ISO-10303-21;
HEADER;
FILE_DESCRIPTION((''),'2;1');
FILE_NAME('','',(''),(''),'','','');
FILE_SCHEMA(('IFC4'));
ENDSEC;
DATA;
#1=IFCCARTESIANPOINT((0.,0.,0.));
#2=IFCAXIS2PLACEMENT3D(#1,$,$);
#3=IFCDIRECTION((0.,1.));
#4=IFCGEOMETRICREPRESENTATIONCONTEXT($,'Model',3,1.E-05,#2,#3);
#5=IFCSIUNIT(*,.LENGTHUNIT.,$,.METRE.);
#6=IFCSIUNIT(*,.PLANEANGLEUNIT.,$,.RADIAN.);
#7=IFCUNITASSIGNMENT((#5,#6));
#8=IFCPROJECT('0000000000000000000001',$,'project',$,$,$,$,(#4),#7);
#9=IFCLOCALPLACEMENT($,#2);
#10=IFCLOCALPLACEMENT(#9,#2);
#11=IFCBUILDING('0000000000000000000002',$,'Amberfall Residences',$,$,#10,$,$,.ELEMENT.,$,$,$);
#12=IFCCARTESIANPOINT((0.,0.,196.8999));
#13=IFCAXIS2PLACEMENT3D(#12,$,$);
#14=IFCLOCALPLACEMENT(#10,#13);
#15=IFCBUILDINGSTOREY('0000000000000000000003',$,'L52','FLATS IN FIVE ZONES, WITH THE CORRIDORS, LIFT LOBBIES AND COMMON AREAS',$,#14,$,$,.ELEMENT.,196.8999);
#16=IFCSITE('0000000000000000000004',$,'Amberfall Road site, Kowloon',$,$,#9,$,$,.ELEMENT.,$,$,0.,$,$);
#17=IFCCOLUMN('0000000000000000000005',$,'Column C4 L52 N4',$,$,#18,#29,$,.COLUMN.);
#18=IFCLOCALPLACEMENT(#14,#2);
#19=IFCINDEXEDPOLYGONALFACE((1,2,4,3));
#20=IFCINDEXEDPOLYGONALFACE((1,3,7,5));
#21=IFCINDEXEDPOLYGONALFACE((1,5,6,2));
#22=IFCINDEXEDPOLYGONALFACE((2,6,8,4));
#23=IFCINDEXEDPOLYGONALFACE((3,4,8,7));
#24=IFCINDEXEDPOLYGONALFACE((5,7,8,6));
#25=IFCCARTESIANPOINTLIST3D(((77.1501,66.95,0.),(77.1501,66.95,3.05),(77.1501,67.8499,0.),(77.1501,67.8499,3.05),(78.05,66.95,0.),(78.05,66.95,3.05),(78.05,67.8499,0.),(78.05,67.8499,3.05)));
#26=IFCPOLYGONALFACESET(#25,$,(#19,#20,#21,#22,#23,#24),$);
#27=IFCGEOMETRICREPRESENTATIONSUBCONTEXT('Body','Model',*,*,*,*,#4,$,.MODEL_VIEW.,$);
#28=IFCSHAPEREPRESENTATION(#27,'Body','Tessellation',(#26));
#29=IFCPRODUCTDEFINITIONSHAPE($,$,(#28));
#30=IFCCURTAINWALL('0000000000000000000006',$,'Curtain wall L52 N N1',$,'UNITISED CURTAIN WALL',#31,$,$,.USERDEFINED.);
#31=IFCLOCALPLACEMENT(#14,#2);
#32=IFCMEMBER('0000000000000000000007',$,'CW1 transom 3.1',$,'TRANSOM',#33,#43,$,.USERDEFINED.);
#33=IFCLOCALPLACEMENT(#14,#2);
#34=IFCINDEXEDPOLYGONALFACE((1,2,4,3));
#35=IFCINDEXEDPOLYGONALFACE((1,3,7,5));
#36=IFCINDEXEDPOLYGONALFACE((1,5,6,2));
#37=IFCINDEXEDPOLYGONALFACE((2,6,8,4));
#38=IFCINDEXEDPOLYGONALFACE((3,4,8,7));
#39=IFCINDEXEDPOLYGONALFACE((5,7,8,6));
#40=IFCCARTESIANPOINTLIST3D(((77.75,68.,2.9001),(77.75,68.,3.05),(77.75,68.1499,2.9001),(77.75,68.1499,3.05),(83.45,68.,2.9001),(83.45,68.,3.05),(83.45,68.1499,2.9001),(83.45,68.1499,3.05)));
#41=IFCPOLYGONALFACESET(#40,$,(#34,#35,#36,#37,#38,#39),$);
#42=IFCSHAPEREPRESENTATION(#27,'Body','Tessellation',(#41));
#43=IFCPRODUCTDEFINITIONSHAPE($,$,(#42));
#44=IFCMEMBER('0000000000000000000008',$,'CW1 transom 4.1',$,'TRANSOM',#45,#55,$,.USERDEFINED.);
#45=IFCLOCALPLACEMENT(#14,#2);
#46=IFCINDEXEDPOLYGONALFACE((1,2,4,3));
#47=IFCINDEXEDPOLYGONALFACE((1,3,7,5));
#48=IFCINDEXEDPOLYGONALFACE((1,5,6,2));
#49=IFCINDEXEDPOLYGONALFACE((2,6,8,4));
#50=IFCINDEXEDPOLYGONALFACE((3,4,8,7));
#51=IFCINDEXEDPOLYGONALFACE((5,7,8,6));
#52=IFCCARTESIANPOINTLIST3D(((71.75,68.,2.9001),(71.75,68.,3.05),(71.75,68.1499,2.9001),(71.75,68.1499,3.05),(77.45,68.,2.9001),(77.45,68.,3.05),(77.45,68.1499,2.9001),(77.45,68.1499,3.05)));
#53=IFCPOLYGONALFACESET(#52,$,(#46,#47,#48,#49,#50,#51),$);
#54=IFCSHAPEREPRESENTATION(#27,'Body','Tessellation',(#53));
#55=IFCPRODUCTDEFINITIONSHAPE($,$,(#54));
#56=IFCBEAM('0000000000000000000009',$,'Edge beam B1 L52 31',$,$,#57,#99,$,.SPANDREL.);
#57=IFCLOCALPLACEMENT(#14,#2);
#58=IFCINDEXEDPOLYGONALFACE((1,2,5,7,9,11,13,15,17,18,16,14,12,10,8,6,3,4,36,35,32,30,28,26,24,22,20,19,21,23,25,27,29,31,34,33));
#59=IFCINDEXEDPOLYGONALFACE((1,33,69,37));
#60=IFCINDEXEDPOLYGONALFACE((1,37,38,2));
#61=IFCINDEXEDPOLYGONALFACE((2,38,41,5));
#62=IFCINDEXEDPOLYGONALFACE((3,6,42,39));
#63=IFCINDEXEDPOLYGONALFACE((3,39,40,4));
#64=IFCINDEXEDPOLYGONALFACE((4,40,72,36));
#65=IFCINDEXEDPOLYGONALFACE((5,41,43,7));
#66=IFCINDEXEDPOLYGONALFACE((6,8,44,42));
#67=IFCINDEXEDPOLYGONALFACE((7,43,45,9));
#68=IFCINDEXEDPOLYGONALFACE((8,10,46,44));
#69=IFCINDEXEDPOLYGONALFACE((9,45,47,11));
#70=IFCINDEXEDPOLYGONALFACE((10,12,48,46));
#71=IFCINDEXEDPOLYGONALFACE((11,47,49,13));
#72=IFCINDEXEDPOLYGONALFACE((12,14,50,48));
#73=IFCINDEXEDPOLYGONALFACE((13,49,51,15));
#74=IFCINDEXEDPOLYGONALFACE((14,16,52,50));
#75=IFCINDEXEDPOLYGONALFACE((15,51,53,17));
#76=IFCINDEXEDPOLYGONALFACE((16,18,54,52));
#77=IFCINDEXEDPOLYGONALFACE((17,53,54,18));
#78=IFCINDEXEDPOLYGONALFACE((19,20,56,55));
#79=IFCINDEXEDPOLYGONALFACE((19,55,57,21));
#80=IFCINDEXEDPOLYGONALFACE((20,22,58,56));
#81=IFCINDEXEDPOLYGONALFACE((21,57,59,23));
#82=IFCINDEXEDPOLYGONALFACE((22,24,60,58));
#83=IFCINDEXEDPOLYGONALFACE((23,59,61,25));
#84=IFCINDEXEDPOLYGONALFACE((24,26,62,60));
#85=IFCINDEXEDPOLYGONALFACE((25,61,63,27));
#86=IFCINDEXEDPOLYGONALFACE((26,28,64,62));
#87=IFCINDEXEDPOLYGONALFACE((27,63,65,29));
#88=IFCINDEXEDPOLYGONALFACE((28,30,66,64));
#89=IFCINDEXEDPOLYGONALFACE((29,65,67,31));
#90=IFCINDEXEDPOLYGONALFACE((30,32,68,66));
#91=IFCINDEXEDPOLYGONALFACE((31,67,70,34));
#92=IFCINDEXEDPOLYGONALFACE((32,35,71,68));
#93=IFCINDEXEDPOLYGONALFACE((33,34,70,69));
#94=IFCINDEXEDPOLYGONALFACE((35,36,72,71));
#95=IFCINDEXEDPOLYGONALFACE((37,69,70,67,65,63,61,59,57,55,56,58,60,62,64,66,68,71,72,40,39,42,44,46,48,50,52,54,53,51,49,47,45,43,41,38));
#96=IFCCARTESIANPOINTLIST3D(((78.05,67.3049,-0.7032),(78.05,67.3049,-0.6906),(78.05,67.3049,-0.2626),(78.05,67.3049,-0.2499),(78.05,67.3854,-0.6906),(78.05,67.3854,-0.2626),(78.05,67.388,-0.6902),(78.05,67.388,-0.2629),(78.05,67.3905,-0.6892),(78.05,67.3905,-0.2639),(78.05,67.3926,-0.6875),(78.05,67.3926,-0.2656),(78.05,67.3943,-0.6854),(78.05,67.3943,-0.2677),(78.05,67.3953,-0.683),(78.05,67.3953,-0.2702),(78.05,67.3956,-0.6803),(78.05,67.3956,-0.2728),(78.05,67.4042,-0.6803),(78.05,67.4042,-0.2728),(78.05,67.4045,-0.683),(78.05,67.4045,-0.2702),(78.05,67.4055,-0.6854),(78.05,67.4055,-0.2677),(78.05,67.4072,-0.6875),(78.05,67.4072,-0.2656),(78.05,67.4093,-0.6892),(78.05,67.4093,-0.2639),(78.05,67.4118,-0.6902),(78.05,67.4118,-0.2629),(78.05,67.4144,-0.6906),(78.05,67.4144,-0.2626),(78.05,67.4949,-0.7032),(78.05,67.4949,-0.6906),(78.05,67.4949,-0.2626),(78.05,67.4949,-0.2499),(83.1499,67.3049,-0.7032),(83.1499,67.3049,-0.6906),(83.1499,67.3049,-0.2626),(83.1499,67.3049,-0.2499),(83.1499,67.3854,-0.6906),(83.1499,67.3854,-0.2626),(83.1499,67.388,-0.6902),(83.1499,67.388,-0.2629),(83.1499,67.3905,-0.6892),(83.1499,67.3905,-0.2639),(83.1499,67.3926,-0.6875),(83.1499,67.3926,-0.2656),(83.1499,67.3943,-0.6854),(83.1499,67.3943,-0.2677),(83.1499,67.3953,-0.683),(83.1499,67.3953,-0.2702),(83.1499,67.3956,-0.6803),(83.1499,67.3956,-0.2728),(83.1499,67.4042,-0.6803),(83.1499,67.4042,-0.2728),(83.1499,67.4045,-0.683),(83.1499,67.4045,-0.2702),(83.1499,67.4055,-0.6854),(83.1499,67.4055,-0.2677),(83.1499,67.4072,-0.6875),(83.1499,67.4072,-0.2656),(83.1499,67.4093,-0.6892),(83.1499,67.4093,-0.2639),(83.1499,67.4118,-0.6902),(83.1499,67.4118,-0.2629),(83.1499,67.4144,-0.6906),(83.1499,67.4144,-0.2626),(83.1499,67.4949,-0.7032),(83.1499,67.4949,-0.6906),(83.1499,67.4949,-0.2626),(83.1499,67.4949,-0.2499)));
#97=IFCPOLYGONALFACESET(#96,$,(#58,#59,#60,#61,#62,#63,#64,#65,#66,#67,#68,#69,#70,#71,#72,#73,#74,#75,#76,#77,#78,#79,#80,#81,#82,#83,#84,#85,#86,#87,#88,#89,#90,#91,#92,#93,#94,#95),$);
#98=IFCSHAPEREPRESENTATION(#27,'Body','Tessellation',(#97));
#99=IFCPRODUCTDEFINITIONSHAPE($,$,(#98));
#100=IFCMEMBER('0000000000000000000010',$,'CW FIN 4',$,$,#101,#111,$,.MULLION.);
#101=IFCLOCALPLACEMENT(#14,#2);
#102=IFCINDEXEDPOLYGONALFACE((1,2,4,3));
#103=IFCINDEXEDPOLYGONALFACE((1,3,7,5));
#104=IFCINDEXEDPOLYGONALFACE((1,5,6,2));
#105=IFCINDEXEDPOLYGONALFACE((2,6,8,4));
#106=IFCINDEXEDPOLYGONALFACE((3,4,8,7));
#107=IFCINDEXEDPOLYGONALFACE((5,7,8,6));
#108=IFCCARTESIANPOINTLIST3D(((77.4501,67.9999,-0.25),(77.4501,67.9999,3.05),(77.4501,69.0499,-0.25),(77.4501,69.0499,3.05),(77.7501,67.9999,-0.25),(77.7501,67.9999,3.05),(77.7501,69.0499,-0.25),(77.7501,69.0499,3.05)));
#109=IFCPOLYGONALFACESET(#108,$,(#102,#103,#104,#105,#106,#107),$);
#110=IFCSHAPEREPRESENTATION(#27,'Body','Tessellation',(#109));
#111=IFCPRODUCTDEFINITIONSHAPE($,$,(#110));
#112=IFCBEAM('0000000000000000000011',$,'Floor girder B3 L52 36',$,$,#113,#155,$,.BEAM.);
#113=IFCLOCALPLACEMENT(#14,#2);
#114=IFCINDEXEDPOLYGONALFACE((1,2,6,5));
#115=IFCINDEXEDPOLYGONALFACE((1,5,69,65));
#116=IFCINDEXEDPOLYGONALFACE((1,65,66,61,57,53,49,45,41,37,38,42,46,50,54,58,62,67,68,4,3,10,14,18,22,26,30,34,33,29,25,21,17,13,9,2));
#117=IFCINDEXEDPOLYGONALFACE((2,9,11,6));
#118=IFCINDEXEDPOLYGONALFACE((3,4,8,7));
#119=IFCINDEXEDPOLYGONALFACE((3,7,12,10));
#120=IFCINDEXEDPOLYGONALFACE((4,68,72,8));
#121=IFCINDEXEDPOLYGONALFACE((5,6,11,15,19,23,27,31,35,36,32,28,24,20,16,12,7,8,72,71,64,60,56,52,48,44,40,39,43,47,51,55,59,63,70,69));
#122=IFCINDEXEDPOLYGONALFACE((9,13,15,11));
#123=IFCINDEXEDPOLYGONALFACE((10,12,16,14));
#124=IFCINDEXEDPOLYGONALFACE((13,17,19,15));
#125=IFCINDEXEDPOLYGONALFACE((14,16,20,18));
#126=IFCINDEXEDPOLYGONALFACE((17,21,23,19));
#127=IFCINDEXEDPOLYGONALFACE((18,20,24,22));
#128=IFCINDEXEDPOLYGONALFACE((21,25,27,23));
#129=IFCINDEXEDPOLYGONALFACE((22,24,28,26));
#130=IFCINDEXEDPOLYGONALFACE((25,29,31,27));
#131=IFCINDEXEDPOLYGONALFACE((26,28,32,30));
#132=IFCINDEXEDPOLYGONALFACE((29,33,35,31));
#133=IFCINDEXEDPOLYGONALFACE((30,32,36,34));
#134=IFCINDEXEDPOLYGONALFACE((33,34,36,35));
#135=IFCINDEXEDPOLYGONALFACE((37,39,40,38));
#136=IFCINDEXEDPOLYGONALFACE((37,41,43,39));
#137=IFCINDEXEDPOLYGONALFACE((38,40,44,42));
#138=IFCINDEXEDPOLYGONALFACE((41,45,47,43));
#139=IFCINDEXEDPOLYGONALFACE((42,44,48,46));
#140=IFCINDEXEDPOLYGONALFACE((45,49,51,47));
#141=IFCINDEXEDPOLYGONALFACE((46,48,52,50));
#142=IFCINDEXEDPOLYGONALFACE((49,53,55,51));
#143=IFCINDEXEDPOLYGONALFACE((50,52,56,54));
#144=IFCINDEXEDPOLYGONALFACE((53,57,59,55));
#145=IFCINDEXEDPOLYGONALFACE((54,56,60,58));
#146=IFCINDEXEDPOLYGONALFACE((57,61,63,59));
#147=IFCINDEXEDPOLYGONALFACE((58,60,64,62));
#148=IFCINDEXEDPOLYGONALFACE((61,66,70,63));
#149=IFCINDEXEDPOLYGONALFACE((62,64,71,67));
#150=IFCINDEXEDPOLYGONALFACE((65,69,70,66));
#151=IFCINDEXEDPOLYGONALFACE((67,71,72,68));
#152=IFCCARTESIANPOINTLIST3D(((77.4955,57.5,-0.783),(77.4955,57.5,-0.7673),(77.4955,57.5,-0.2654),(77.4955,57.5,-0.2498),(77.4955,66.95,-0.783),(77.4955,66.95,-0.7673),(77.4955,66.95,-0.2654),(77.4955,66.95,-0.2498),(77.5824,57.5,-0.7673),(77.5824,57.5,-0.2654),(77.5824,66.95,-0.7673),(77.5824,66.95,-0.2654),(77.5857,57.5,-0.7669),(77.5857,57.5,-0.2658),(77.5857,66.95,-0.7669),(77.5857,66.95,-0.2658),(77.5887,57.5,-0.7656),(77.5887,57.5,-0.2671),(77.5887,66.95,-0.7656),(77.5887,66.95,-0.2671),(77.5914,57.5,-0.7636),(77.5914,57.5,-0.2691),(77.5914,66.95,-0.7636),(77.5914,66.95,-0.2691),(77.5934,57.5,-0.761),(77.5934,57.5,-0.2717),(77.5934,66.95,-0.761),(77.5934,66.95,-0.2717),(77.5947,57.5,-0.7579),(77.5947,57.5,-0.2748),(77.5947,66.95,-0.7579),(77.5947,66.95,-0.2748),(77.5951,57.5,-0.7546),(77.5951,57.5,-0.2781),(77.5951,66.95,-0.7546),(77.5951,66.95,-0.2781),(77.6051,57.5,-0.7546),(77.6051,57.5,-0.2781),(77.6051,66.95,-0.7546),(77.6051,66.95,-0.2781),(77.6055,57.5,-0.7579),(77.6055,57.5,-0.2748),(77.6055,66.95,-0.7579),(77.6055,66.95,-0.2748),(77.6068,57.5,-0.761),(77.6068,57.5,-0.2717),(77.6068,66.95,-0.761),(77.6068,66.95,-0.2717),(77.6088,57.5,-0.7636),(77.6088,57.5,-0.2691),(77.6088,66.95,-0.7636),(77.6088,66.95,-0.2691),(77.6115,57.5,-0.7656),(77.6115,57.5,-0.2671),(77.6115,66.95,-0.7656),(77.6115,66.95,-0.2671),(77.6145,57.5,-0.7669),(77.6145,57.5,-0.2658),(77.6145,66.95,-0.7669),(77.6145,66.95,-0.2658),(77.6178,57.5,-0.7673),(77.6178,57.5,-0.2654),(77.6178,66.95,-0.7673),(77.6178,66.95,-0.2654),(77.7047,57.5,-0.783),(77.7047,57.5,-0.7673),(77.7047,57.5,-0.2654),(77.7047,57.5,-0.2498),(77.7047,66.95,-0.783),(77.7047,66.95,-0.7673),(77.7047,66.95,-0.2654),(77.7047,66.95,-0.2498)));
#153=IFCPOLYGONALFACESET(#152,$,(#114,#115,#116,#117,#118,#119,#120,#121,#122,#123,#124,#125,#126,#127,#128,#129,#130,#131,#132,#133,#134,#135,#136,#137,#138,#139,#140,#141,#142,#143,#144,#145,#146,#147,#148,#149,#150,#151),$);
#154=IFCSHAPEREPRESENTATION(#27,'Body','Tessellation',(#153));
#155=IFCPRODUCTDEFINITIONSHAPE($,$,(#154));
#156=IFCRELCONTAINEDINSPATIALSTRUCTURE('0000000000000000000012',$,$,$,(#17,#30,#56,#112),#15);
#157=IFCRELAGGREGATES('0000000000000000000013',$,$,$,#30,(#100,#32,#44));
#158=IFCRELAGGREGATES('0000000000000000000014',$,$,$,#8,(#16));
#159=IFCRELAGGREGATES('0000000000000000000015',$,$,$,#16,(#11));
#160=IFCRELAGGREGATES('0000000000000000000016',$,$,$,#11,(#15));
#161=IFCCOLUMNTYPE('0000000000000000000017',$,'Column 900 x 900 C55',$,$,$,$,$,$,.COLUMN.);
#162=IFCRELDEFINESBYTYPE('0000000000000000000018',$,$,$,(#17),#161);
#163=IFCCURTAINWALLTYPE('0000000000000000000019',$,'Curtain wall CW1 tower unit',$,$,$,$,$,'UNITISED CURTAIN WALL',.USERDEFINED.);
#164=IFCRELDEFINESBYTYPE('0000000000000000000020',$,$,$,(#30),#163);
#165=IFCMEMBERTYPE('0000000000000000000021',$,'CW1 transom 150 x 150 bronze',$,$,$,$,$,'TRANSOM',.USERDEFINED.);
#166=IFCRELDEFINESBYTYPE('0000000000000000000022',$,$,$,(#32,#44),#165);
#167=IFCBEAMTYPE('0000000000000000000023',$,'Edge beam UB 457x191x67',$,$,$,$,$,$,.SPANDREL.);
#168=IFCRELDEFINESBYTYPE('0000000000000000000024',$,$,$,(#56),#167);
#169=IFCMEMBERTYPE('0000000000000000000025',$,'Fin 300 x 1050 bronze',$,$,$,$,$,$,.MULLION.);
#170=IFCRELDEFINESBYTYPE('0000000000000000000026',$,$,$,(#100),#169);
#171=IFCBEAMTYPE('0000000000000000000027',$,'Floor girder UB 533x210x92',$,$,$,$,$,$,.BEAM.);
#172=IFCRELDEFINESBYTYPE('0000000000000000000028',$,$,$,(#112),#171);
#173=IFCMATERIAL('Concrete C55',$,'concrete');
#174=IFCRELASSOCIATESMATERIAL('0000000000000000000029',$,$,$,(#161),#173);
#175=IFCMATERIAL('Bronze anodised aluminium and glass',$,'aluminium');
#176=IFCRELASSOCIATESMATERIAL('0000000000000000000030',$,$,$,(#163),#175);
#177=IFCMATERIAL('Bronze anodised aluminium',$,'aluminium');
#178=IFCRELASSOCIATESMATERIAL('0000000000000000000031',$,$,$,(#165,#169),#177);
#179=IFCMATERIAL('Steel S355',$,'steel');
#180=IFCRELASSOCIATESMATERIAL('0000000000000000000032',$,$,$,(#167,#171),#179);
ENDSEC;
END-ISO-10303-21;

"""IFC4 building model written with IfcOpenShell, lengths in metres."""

from ifc_helpers import new_model, si_unit, direction, frame, origin, origin_2d, place, context, subcontext, project, spatial, rectangle, i_section, extrude, material, material_profile, profile_set, type_object, element, aggregate, save


model = new_model("IFC4")

# Units and contexts
model_context = context("Model", 3, precision=1e-05, world=origin(), true_north=direction((0.0, 1.0)))
body_context = subcontext(model_context, "Body", "Model", "MODEL_VIEW")
ifc_project = project(units=[si_unit("LENGTHUNIT", "METRE"), si_unit("PLANEANGLEUNIT", "RADIAN")], contexts=[model_context])

# Site, building, storey
site_placement = place(None, origin())
site = spatial("IfcSite", under=ifc_project, at=site_placement, Name="Amberfall Road site, Kowloon", CompositionType="ELEMENT", RefElevation=0.0)
building_placement = place(site_placement, origin())
building = spatial("IfcBuilding", under=site, at=building_placement, Name="Amberfall Residences", CompositionType="ELEMENT")
storey_placement = place(building_placement, frame((0.0, 0.0, 196.8999)))
storey = spatial("IfcBuildingStorey", under=building, at=storey_placement, Name="L52", Description="FLATS IN FIVE ZONES, WITH THE CORRIDORS, LIFT LOBBIES AND COMMON AREAS", CompositionType="ELEMENT", Elevation=196.8999)

# Column
ifc_material_1 = material(Name="Concrete C55", Category="concrete")
ifc_material_profile_1 = material_profile(ifc_material_1, rectangle(XDim=0.8999, YDim=0.8999, at=origin_2d()), Name="Column 900 x 900 C55")
ifc_profile_set_1 = profile_set([ifc_material_profile_1], Name="Concrete C55")
column_type = type_object("IfcColumnType", Name="Column 900 x 900 C55", PredefinedType="COLUMN", material=ifc_profile_set_1)
column_placement = place(storey_placement, frame((77.6001, 67.3999, 0.0), z_axis=(0.0, 0.0, 1.0), x_axis=(1.0, 0.0, 0.0)))
element("IfcColumn", 1, at=column_placement, inside=storey, type_object=column_type, Name="Column C4 L52 N4", PredefinedType="COLUMN", context=body_context, shape_type="SweptSolid", body=[
    extrude(rectangle(XDim=0.8999, YDim=0.8999, at=origin_2d()), origin(), (0.0, 0.0, 1.0), 3.05),
])

# Curtain wall, members
ifc_material_2 = material(Name="Bronze anodised aluminium and glass", Category="aluminium")
curtain_wall_type = type_object("IfcCurtainWallType", Name="Curtain wall CW1 tower unit", ElementType="UNITISED CURTAIN WALL", PredefinedType="USERDEFINED", material=ifc_material_2)
curtain_wall_placement = place(storey_placement, origin())
curtain_wall = element("IfcCurtainWall", 2, at=curtain_wall_placement, inside=storey, type_object=curtain_wall_type, Name="Curtain wall L52 N N1", ObjectType="UNITISED CURTAIN WALL", PredefinedType="USERDEFINED")
ifc_material_3 = material(Name="Bronze anodised aluminium", Category="aluminium")
ifc_material_profile_2 = material_profile(ifc_material_3, rectangle(XDim=0.1499, YDim=0.1499, at=origin_2d()), Name="CW1 transom 150 x 150 bronze")
ifc_profile_set_2 = profile_set([ifc_material_profile_2], Name="Bronze anodised aluminium")
member_type_1 = type_object("IfcMemberType", Name="CW1 transom 150 x 150 bronze", ElementType="TRANSOM", PredefinedType="USERDEFINED", material=ifc_profile_set_2)
member_1_placement = place(storey_placement, frame((83.45, 68.075, 2.9751), z_axis=(-1.0, 0.0, 0.0), x_axis=(0.0, -1.0, 0.0)))
member_1 = element("IfcMember", 3, at=member_1_placement, type_object=member_type_1, Name="CW1 transom 3.1", ObjectType="TRANSOM", PredefinedType="USERDEFINED", context=body_context, shape_type="SweptSolid", body=[
    extrude(rectangle(XDim=0.1499, YDim=0.1499, at=origin_2d()), origin(), (0.0, 0.0, 1.0), 5.7),
])
member_2_placement = place(storey_placement, frame((77.45, 68.075, 2.9751), z_axis=(-1.0, 0.0, 0.0), x_axis=(0.0, -1.0, 0.0)))
member_2 = element("IfcMember", 4, at=member_2_placement, type_object=member_type_1, Name="CW1 transom 4.1", ObjectType="TRANSOM", PredefinedType="USERDEFINED", context=body_context, shape_type="SweptSolid", body=[
    extrude(rectangle(XDim=0.1499, YDim=0.1499, at=origin_2d()), origin(), (0.0, 0.0, 1.0), 5.7),
])

# Beam
ifc_material_4 = material(Name="Steel S355", Category="steel")
ifc_material_profile_3 = material_profile(ifc_material_4, i_section(OverallWidth=0.1899, OverallDepth=0.4534, WebThickness=0.0085, FlangeThickness=0.0127, FilletRadius=0.0103, at=origin_2d()), Name="UB 457x191x67")
ifc_profile_set_3 = profile_set([ifc_material_profile_3], Name="Steel S355")
beam_type_1 = type_object("IfcBeamType", Name="Edge beam UB 457x191x67", PredefinedType="SPANDREL", material=ifc_profile_set_3)
beam_placement = place(storey_placement, frame((78.05, 67.3999, -0.4766), z_axis=(1.0, 0.0, 0.0), x_axis=(0.0, 1.0, 0.0)))
element("IfcBeam", 5, at=beam_placement, inside=storey, type_object=beam_type_1, Name="Edge beam B1 L52 31", PredefinedType="SPANDREL", context=body_context, shape_type="SweptSolid", body=[
    extrude(i_section(OverallWidth=0.1899, OverallDepth=0.4534, WebThickness=0.0085, FlangeThickness=0.0127, FilletRadius=0.0103, at=origin_2d()), origin(), (0.0, 0.0, 1.0), 5.0999),
])

# Member
ifc_material_profile_4 = material_profile(ifc_material_3, rectangle(XDim=1.05, YDim=0.3, at=origin_2d()), Name="Fin 300 x 1050 bronze")
ifc_profile_set_4 = profile_set([ifc_material_profile_4], Name="Bronze anodised aluminium")
member_type_2 = type_object("IfcMemberType", Name="Fin 300 x 1050 bronze", PredefinedType="MULLION", material=ifc_profile_set_4)
member_3_placement = place(storey_placement, frame((77.6001, 68.5249, -0.25), z_axis=(0.0, 0.0, 1.0), x_axis=(0.0, -1.0, 0.0)))
member_3 = element("IfcMember", 6, at=member_3_placement, type_object=member_type_2, Name="CW FIN 4", PredefinedType="MULLION", context=body_context, shape_type="SweptSolid", body=[
    extrude(rectangle(XDim=1.05, YDim=0.3, at=origin_2d()), origin(), (0.0, 0.0, 1.0), 3.3),
])

# Beam
ifc_material_profile_5 = material_profile(ifc_material_4, i_section(OverallWidth=0.2092, OverallDepth=0.5332, WebThickness=0.01, FlangeThickness=0.0156, FilletRadius=0.0127, at=origin_2d()), Name="UB 533x210x92")
ifc_profile_set_5 = profile_set([ifc_material_profile_5], Name="Steel S355")
beam_type_2 = type_object("IfcBeamType", Name="Floor girder UB 533x210x92", PredefinedType="BEAM", material=ifc_profile_set_5)
for number, where, z_axis, x_axis, name in (
    (7, (77.6001, 66.95, -0.5164), (0.0, -1.0, 0.0), (1.0, 0.0, 0.0), "Floor girder B3 L52 36"),
):
    element("IfcBeam", number, at=place(storey_placement, frame(where, z_axis=z_axis, x_axis=x_axis)), inside=storey, type_object=beam_type_2, Name=name, PredefinedType="BEAM", context=body_context, shape_type="SweptSolid", body=[
        extrude(i_section(OverallWidth=0.2092, OverallDepth=0.5332, WebThickness=0.01, FlangeThickness=0.0156, FilletRadius=0.0127, at=origin_2d()), origin(), (0.0, 0.0, 1.0), 9.45),
    ])

aggregate(curtain_wall, [member_3, member_1, member_2])

save(model, "model.ifc")
